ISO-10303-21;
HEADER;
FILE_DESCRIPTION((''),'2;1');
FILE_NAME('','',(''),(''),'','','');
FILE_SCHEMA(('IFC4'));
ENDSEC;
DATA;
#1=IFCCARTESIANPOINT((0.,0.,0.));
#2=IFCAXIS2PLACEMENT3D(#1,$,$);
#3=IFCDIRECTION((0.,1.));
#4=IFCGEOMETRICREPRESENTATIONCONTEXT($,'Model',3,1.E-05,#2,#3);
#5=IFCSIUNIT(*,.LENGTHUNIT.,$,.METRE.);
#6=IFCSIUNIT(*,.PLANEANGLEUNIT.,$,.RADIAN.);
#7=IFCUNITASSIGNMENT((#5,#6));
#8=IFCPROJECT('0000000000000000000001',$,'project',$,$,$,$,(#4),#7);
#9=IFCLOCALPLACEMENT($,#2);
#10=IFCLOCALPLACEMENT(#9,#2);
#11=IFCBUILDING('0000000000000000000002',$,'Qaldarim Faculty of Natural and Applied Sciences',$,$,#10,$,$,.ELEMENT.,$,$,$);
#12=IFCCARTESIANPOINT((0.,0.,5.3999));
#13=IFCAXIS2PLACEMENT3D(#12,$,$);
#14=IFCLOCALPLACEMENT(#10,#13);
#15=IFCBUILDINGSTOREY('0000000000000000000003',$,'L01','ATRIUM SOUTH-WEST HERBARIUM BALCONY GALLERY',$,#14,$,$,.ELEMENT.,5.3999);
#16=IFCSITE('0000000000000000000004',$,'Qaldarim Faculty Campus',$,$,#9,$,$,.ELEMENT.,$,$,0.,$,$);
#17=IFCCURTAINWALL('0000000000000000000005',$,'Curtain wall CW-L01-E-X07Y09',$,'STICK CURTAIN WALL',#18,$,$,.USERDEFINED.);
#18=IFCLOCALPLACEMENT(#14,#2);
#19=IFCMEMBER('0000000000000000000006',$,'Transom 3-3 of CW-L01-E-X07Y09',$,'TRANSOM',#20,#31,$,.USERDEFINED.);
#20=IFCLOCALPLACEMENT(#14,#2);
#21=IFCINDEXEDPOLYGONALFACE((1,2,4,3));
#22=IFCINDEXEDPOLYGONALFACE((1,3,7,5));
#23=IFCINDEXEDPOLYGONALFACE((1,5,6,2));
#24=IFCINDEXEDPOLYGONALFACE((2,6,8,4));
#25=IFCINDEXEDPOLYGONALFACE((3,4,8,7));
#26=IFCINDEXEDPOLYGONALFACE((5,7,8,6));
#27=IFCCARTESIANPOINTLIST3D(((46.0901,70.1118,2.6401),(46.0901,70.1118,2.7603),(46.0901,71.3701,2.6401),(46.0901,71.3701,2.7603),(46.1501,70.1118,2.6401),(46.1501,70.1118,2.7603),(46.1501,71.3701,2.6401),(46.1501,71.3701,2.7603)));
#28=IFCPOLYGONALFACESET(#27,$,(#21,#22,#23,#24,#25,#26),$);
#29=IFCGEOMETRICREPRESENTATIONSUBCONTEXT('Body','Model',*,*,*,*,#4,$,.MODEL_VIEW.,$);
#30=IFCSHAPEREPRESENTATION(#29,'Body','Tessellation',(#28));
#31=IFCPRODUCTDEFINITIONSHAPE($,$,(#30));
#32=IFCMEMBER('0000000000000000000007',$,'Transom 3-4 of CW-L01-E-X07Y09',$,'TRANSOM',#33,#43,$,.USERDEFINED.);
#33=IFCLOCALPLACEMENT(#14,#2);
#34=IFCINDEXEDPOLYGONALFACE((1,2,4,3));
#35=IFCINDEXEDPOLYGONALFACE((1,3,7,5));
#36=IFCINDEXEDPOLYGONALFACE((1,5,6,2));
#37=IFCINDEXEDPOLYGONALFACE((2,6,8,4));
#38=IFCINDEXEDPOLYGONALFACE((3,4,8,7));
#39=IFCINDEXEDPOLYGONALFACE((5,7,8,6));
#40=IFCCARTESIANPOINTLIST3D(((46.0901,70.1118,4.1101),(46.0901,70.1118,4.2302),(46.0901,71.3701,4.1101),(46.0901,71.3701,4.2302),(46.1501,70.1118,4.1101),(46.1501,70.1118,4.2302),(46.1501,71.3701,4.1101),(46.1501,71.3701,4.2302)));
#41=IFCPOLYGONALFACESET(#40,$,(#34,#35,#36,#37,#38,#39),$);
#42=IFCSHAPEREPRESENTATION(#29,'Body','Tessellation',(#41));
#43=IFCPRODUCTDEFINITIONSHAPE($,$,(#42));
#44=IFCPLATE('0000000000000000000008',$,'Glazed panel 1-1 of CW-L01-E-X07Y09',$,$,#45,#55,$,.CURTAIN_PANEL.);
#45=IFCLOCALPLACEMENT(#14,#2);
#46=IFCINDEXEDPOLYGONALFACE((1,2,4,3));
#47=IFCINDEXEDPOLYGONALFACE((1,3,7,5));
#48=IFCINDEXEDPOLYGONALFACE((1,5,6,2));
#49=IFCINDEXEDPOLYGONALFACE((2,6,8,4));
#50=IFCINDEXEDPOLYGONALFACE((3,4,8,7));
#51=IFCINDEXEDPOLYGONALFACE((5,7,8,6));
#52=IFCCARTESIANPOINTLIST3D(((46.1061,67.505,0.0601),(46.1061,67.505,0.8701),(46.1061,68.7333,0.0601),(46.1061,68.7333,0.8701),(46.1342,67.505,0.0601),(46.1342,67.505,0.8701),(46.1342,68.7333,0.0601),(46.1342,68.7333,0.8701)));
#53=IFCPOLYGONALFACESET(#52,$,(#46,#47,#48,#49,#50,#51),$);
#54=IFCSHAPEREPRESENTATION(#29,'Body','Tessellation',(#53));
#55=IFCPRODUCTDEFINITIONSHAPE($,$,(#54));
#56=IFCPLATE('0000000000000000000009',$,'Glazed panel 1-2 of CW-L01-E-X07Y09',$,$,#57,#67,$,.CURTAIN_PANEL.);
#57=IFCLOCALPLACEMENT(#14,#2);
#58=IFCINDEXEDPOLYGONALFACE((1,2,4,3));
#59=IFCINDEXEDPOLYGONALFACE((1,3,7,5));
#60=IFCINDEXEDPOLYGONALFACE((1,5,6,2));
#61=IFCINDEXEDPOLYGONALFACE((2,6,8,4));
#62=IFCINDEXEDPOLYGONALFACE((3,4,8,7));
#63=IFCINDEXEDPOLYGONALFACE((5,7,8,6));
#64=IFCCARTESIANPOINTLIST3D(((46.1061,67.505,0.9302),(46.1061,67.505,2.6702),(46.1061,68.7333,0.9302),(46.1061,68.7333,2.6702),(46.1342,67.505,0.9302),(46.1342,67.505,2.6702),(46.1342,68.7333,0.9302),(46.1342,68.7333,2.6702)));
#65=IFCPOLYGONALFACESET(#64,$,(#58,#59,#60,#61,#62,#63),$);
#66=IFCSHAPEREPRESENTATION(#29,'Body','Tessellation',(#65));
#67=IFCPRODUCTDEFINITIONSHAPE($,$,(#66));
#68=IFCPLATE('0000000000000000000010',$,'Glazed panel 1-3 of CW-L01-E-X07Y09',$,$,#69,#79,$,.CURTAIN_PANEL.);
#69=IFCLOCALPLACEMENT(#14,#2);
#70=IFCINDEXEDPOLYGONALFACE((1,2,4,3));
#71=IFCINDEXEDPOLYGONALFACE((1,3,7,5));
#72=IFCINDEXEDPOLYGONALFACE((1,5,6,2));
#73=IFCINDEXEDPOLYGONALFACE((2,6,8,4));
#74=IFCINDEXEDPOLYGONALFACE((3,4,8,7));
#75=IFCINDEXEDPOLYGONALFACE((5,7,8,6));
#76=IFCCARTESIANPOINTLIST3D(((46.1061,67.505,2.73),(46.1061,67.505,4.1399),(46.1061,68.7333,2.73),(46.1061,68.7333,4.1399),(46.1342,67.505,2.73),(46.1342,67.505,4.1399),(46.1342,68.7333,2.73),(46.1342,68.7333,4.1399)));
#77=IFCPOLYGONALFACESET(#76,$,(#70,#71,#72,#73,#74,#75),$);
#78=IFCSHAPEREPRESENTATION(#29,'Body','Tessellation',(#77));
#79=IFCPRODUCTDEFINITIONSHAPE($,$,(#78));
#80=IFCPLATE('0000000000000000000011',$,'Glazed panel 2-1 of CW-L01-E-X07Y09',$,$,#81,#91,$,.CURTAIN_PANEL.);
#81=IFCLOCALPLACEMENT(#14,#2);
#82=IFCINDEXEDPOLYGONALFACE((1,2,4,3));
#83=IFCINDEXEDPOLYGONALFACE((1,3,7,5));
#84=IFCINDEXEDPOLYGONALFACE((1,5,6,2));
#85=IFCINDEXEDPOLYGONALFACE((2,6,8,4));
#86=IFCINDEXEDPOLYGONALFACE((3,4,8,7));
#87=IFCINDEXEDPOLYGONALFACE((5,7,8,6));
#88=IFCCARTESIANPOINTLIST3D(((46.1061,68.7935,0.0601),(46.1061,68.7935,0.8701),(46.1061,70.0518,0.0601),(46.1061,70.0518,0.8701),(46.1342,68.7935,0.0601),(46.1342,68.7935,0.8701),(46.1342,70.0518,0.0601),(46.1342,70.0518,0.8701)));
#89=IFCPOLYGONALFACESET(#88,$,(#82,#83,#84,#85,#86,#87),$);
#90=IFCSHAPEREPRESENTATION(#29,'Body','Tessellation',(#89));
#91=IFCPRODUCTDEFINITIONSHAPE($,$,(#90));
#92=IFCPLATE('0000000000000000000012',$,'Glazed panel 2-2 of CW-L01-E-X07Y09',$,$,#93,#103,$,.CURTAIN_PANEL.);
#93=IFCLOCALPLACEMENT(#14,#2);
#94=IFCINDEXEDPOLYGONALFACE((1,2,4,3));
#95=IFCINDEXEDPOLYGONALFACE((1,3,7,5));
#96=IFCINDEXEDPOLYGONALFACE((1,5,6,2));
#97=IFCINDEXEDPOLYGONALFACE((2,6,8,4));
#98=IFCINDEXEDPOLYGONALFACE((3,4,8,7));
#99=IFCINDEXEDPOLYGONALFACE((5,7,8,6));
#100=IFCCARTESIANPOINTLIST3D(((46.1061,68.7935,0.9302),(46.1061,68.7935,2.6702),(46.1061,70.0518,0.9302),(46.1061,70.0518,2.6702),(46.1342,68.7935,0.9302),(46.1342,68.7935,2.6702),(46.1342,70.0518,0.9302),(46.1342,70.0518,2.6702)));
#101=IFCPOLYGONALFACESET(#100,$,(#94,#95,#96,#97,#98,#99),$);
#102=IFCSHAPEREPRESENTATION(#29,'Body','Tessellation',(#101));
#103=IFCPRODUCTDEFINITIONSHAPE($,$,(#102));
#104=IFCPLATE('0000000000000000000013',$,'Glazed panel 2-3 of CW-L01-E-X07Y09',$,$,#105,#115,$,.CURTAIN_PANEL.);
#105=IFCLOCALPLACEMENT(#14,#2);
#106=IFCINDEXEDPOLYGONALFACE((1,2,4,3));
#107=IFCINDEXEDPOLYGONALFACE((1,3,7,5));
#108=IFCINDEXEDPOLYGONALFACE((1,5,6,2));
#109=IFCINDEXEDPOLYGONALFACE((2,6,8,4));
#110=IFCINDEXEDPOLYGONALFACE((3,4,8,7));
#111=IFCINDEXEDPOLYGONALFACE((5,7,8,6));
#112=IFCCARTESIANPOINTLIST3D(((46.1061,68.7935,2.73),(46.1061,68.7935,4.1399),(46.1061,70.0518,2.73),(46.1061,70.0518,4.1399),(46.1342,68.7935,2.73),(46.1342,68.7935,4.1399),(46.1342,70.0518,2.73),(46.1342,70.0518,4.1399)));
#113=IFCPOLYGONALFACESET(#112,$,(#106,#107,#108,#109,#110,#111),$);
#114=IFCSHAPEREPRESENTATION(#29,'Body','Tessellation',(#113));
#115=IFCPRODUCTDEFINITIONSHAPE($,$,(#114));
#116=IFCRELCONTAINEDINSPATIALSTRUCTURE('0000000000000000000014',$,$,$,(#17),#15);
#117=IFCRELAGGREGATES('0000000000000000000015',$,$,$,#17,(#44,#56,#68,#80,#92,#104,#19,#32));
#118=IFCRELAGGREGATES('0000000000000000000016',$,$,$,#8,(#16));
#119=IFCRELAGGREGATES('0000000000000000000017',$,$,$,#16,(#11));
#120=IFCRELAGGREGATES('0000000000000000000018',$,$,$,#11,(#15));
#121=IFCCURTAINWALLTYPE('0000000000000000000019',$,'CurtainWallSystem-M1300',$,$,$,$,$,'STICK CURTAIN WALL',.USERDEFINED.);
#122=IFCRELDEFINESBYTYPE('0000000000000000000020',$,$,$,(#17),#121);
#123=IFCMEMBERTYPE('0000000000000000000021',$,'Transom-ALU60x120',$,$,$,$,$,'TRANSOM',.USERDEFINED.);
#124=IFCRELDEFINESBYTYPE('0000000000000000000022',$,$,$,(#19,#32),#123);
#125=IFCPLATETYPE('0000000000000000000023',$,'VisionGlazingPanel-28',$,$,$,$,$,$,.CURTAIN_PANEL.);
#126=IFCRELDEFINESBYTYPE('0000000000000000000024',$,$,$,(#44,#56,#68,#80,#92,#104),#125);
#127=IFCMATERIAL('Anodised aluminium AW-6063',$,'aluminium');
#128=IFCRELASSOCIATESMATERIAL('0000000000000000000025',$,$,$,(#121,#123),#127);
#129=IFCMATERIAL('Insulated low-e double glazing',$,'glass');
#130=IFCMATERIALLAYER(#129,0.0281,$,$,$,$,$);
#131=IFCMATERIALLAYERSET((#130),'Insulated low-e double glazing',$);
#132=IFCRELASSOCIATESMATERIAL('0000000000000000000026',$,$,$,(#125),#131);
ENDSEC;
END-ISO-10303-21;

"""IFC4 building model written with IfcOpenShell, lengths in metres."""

from ifc_helpers import new_model, si_unit, direction, frame, origin, origin_2d, place, context, subcontext, project, spatial, rectangle, extrude, material, layer, layer_set, material_profile, profile_set, type_object, element, aggregate, save


model = new_model("IFC4")

# Units and contexts
model_context = context("Model", 3, precision=1e-05, world=origin(), true_north=direction((0.0, 1.0)))
body_context = subcontext(model_context, "Body", "Model", "MODEL_VIEW")
ifc_project = project(units=[si_unit("LENGTHUNIT", "METRE"), si_unit("PLANEANGLEUNIT", "RADIAN")], contexts=[model_context])

# Site, building, storey
site_placement = place(None, origin())
site = spatial("IfcSite", under=ifc_project, at=site_placement, Name="Qaldarim Faculty Campus", CompositionType="ELEMENT", RefElevation=0.0)
building_placement = place(site_placement, origin())
building = spatial("IfcBuilding", under=site, at=building_placement, Name="Qaldarim Faculty of Natural and Applied Sciences", CompositionType="ELEMENT")
storey_placement = place(building_placement, frame((0.0, 0.0, 5.3999)))
storey = spatial("IfcBuildingStorey", under=building, at=storey_placement, Name="L01", Description="ATRIUM SOUTH-WEST HERBARIUM BALCONY GALLERY", CompositionType="ELEMENT", Elevation=5.3999)

# Curtain wall, members, plates
ifc_material_1 = material(Name="Anodised aluminium AW-6063", Category="aluminium")
curtain_wall_type = type_object("IfcCurtainWallType", Name="CurtainWallSystem-M1300", ElementType="STICK CURTAIN WALL", PredefinedType="USERDEFINED", material=ifc_material_1)
curtain_wall_placement = place(storey_placement, origin())
curtain_wall = element("IfcCurtainWall", 1, at=curtain_wall_placement, inside=storey, type_object=curtain_wall_type, Name="Curtain wall CW-L01-E-X07Y09", ObjectType="STICK CURTAIN WALL", PredefinedType="USERDEFINED")
ifc_material_profile_1 = material_profile(ifc_material_1, rectangle(XDim=0.0601, YDim=0.1201, at=origin_2d()), Name="ALU-T60x120")
ifc_profile_set_1 = profile_set([ifc_material_profile_1], Name="Anodised aluminium AW-6063")
member_type_1 = type_object("IfcMemberType", Name="Transom-ALU60x120", ElementType="TRANSOM", PredefinedType="USERDEFINED", material=ifc_profile_set_1)
member_1_placement = place(storey_placement, frame((46.1201, 70.1118, 2.7002), z_axis=(0.0, 1.0, 0.0), x_axis=(-1.0, 0.0, 0.0)))
member_1 = element("IfcMember", 2, at=member_1_placement, type_object=member_type_1, Name="Transom 3-3 of CW-L01-E-X07Y09", ObjectType="TRANSOM", PredefinedType="USERDEFINED", context=body_context, shape_type="SweptSolid", body=[
    extrude(rectangle(XDim=0.0601, YDim=0.1201, at=origin_2d()), origin(), (0.0, 0.0, 1.0), 1.2583),
])
member_2_placement = place(storey_placement, frame((46.1201, 70.1118, 4.1702), z_axis=(0.0, 1.0, 0.0), x_axis=(-1.0, 0.0, 0.0)))
member_2 = element("IfcMember", 3, at=member_2_placement, type_object=member_type_1, Name="Transom 3-4 of CW-L01-E-X07Y09", ObjectType="TRANSOM", PredefinedType="USERDEFINED", context=body_context, shape_type="SweptSolid", body=[
    extrude(rectangle(XDim=0.0601, YDim=0.1201, at=origin_2d()), origin(), (0.0, 0.0, 1.0), 1.2583),
])
ifc_material_2 = material(Name="Insulated low-e double glazing", Category="glass")
ifc_layer = layer(ifc_material_2, 0.0281)
ifc_layer_set = layer_set([ifc_layer], Name="Insulated low-e double glazing")
plate_type = type_object("IfcPlateType", Name="VisionGlazingPanel-28", PredefinedType="CURTAIN_PANEL", material=ifc_layer_set)
plate_1_placement = place(storey_placement, frame((46.1201, 68.1191, 0.0601), z_axis=(0.0, 0.0, 1.0), x_axis=(0.0, 1.0, 0.0)))
plate_1 = element("IfcPlate", 4, at=plate_1_placement, type_object=plate_type, Name="Glazed panel 1-1 of CW-L01-E-X07Y09", PredefinedType="CURTAIN_PANEL", context=body_context, shape_type="SweptSolid", body=[
    extrude(rectangle(XDim=1.2283, YDim=0.0281, at=origin_2d()), origin(), (0.0, 0.0, 1.0), 0.8101),
])
plate_2_placement = place(storey_placement, frame((46.1201, 68.1191, 0.9302), z_axis=(0.0, 0.0, 1.0), x_axis=(0.0, 1.0, 0.0)))
plate_2 = element("IfcPlate", 5, at=plate_2_placement, type_object=plate_type, Name="Glazed panel 1-2 of CW-L01-E-X07Y09", PredefinedType="CURTAIN_PANEL", context=body_context, shape_type="SweptSolid", body=[
    extrude(rectangle(XDim=1.2283, YDim=0.0281, at=origin_2d()), origin(), (0.0, 0.0, 1.0), 1.74),
])
plate_3_placement = place(storey_placement, frame((46.1201, 68.1191, 2.73), z_axis=(0.0, 0.0, 1.0), x_axis=(0.0, 1.0, 0.0)))
plate_3 = element("IfcPlate", 6, at=plate_3_placement, type_object=plate_type, Name="Glazed panel 1-3 of CW-L01-E-X07Y09", PredefinedType="CURTAIN_PANEL", context=body_context, shape_type="SweptSolid", body=[
    extrude(rectangle(XDim=1.2283, YDim=0.0281, at=origin_2d()), origin(), (0.0, 0.0, 1.0), 1.4099),
])
plate_4_placement = place(storey_placement, frame((46.1201, 69.4226, 0.0601), z_axis=(0.0, 0.0, 1.0), x_axis=(0.0, 1.0, 0.0)))
plate_4 = element("IfcPlate", 7, at=plate_4_placement, type_object=plate_type, Name="Glazed panel 2-1 of CW-L01-E-X07Y09", PredefinedType="CURTAIN_PANEL", context=body_context, shape_type="SweptSolid", body=[
    extrude(rectangle(XDim=1.2583, YDim=0.0281, at=origin_2d()), origin(), (0.0, 0.0, 1.0), 0.8101),
])
plate_5_placement = place(storey_placement, frame((46.1201, 69.4226, 0.9302), z_axis=(0.0, 0.0, 1.0), x_axis=(0.0, 1.0, 0.0)))
plate_5 = element("IfcPlate", 8, at=plate_5_placement, type_object=plate_type, Name="Glazed panel 2-2 of CW-L01-E-X07Y09", PredefinedType="CURTAIN_PANEL", context=body_context, shape_type="SweptSolid", body=[
    extrude(rectangle(XDim=1.2583, YDim=0.0281, at=origin_2d()), origin(), (0.0, 0.0, 1.0), 1.74),
])
plate_6_placement = place(storey_placement, frame((46.1201, 69.4226, 2.73), z_axis=(0.0, 0.0, 1.0), x_axis=(0.0, 1.0, 0.0)))
plate_6 = element("IfcPlate", 9, at=plate_6_placement, type_object=plate_type, Name="Glazed panel 2-3 of CW-L01-E-X07Y09", PredefinedType="CURTAIN_PANEL", context=body_context, shape_type="SweptSolid", body=[
    extrude(rectangle(XDim=1.2583, YDim=0.0281, at=origin_2d()), origin(), (0.0, 0.0, 1.0), 1.4099),
])
aggregate(curtain_wall, [plate_1, plate_2, plate_3, plate_4, plate_5, plate_6, member_1, member_2])

save(model, "model.ifc")
